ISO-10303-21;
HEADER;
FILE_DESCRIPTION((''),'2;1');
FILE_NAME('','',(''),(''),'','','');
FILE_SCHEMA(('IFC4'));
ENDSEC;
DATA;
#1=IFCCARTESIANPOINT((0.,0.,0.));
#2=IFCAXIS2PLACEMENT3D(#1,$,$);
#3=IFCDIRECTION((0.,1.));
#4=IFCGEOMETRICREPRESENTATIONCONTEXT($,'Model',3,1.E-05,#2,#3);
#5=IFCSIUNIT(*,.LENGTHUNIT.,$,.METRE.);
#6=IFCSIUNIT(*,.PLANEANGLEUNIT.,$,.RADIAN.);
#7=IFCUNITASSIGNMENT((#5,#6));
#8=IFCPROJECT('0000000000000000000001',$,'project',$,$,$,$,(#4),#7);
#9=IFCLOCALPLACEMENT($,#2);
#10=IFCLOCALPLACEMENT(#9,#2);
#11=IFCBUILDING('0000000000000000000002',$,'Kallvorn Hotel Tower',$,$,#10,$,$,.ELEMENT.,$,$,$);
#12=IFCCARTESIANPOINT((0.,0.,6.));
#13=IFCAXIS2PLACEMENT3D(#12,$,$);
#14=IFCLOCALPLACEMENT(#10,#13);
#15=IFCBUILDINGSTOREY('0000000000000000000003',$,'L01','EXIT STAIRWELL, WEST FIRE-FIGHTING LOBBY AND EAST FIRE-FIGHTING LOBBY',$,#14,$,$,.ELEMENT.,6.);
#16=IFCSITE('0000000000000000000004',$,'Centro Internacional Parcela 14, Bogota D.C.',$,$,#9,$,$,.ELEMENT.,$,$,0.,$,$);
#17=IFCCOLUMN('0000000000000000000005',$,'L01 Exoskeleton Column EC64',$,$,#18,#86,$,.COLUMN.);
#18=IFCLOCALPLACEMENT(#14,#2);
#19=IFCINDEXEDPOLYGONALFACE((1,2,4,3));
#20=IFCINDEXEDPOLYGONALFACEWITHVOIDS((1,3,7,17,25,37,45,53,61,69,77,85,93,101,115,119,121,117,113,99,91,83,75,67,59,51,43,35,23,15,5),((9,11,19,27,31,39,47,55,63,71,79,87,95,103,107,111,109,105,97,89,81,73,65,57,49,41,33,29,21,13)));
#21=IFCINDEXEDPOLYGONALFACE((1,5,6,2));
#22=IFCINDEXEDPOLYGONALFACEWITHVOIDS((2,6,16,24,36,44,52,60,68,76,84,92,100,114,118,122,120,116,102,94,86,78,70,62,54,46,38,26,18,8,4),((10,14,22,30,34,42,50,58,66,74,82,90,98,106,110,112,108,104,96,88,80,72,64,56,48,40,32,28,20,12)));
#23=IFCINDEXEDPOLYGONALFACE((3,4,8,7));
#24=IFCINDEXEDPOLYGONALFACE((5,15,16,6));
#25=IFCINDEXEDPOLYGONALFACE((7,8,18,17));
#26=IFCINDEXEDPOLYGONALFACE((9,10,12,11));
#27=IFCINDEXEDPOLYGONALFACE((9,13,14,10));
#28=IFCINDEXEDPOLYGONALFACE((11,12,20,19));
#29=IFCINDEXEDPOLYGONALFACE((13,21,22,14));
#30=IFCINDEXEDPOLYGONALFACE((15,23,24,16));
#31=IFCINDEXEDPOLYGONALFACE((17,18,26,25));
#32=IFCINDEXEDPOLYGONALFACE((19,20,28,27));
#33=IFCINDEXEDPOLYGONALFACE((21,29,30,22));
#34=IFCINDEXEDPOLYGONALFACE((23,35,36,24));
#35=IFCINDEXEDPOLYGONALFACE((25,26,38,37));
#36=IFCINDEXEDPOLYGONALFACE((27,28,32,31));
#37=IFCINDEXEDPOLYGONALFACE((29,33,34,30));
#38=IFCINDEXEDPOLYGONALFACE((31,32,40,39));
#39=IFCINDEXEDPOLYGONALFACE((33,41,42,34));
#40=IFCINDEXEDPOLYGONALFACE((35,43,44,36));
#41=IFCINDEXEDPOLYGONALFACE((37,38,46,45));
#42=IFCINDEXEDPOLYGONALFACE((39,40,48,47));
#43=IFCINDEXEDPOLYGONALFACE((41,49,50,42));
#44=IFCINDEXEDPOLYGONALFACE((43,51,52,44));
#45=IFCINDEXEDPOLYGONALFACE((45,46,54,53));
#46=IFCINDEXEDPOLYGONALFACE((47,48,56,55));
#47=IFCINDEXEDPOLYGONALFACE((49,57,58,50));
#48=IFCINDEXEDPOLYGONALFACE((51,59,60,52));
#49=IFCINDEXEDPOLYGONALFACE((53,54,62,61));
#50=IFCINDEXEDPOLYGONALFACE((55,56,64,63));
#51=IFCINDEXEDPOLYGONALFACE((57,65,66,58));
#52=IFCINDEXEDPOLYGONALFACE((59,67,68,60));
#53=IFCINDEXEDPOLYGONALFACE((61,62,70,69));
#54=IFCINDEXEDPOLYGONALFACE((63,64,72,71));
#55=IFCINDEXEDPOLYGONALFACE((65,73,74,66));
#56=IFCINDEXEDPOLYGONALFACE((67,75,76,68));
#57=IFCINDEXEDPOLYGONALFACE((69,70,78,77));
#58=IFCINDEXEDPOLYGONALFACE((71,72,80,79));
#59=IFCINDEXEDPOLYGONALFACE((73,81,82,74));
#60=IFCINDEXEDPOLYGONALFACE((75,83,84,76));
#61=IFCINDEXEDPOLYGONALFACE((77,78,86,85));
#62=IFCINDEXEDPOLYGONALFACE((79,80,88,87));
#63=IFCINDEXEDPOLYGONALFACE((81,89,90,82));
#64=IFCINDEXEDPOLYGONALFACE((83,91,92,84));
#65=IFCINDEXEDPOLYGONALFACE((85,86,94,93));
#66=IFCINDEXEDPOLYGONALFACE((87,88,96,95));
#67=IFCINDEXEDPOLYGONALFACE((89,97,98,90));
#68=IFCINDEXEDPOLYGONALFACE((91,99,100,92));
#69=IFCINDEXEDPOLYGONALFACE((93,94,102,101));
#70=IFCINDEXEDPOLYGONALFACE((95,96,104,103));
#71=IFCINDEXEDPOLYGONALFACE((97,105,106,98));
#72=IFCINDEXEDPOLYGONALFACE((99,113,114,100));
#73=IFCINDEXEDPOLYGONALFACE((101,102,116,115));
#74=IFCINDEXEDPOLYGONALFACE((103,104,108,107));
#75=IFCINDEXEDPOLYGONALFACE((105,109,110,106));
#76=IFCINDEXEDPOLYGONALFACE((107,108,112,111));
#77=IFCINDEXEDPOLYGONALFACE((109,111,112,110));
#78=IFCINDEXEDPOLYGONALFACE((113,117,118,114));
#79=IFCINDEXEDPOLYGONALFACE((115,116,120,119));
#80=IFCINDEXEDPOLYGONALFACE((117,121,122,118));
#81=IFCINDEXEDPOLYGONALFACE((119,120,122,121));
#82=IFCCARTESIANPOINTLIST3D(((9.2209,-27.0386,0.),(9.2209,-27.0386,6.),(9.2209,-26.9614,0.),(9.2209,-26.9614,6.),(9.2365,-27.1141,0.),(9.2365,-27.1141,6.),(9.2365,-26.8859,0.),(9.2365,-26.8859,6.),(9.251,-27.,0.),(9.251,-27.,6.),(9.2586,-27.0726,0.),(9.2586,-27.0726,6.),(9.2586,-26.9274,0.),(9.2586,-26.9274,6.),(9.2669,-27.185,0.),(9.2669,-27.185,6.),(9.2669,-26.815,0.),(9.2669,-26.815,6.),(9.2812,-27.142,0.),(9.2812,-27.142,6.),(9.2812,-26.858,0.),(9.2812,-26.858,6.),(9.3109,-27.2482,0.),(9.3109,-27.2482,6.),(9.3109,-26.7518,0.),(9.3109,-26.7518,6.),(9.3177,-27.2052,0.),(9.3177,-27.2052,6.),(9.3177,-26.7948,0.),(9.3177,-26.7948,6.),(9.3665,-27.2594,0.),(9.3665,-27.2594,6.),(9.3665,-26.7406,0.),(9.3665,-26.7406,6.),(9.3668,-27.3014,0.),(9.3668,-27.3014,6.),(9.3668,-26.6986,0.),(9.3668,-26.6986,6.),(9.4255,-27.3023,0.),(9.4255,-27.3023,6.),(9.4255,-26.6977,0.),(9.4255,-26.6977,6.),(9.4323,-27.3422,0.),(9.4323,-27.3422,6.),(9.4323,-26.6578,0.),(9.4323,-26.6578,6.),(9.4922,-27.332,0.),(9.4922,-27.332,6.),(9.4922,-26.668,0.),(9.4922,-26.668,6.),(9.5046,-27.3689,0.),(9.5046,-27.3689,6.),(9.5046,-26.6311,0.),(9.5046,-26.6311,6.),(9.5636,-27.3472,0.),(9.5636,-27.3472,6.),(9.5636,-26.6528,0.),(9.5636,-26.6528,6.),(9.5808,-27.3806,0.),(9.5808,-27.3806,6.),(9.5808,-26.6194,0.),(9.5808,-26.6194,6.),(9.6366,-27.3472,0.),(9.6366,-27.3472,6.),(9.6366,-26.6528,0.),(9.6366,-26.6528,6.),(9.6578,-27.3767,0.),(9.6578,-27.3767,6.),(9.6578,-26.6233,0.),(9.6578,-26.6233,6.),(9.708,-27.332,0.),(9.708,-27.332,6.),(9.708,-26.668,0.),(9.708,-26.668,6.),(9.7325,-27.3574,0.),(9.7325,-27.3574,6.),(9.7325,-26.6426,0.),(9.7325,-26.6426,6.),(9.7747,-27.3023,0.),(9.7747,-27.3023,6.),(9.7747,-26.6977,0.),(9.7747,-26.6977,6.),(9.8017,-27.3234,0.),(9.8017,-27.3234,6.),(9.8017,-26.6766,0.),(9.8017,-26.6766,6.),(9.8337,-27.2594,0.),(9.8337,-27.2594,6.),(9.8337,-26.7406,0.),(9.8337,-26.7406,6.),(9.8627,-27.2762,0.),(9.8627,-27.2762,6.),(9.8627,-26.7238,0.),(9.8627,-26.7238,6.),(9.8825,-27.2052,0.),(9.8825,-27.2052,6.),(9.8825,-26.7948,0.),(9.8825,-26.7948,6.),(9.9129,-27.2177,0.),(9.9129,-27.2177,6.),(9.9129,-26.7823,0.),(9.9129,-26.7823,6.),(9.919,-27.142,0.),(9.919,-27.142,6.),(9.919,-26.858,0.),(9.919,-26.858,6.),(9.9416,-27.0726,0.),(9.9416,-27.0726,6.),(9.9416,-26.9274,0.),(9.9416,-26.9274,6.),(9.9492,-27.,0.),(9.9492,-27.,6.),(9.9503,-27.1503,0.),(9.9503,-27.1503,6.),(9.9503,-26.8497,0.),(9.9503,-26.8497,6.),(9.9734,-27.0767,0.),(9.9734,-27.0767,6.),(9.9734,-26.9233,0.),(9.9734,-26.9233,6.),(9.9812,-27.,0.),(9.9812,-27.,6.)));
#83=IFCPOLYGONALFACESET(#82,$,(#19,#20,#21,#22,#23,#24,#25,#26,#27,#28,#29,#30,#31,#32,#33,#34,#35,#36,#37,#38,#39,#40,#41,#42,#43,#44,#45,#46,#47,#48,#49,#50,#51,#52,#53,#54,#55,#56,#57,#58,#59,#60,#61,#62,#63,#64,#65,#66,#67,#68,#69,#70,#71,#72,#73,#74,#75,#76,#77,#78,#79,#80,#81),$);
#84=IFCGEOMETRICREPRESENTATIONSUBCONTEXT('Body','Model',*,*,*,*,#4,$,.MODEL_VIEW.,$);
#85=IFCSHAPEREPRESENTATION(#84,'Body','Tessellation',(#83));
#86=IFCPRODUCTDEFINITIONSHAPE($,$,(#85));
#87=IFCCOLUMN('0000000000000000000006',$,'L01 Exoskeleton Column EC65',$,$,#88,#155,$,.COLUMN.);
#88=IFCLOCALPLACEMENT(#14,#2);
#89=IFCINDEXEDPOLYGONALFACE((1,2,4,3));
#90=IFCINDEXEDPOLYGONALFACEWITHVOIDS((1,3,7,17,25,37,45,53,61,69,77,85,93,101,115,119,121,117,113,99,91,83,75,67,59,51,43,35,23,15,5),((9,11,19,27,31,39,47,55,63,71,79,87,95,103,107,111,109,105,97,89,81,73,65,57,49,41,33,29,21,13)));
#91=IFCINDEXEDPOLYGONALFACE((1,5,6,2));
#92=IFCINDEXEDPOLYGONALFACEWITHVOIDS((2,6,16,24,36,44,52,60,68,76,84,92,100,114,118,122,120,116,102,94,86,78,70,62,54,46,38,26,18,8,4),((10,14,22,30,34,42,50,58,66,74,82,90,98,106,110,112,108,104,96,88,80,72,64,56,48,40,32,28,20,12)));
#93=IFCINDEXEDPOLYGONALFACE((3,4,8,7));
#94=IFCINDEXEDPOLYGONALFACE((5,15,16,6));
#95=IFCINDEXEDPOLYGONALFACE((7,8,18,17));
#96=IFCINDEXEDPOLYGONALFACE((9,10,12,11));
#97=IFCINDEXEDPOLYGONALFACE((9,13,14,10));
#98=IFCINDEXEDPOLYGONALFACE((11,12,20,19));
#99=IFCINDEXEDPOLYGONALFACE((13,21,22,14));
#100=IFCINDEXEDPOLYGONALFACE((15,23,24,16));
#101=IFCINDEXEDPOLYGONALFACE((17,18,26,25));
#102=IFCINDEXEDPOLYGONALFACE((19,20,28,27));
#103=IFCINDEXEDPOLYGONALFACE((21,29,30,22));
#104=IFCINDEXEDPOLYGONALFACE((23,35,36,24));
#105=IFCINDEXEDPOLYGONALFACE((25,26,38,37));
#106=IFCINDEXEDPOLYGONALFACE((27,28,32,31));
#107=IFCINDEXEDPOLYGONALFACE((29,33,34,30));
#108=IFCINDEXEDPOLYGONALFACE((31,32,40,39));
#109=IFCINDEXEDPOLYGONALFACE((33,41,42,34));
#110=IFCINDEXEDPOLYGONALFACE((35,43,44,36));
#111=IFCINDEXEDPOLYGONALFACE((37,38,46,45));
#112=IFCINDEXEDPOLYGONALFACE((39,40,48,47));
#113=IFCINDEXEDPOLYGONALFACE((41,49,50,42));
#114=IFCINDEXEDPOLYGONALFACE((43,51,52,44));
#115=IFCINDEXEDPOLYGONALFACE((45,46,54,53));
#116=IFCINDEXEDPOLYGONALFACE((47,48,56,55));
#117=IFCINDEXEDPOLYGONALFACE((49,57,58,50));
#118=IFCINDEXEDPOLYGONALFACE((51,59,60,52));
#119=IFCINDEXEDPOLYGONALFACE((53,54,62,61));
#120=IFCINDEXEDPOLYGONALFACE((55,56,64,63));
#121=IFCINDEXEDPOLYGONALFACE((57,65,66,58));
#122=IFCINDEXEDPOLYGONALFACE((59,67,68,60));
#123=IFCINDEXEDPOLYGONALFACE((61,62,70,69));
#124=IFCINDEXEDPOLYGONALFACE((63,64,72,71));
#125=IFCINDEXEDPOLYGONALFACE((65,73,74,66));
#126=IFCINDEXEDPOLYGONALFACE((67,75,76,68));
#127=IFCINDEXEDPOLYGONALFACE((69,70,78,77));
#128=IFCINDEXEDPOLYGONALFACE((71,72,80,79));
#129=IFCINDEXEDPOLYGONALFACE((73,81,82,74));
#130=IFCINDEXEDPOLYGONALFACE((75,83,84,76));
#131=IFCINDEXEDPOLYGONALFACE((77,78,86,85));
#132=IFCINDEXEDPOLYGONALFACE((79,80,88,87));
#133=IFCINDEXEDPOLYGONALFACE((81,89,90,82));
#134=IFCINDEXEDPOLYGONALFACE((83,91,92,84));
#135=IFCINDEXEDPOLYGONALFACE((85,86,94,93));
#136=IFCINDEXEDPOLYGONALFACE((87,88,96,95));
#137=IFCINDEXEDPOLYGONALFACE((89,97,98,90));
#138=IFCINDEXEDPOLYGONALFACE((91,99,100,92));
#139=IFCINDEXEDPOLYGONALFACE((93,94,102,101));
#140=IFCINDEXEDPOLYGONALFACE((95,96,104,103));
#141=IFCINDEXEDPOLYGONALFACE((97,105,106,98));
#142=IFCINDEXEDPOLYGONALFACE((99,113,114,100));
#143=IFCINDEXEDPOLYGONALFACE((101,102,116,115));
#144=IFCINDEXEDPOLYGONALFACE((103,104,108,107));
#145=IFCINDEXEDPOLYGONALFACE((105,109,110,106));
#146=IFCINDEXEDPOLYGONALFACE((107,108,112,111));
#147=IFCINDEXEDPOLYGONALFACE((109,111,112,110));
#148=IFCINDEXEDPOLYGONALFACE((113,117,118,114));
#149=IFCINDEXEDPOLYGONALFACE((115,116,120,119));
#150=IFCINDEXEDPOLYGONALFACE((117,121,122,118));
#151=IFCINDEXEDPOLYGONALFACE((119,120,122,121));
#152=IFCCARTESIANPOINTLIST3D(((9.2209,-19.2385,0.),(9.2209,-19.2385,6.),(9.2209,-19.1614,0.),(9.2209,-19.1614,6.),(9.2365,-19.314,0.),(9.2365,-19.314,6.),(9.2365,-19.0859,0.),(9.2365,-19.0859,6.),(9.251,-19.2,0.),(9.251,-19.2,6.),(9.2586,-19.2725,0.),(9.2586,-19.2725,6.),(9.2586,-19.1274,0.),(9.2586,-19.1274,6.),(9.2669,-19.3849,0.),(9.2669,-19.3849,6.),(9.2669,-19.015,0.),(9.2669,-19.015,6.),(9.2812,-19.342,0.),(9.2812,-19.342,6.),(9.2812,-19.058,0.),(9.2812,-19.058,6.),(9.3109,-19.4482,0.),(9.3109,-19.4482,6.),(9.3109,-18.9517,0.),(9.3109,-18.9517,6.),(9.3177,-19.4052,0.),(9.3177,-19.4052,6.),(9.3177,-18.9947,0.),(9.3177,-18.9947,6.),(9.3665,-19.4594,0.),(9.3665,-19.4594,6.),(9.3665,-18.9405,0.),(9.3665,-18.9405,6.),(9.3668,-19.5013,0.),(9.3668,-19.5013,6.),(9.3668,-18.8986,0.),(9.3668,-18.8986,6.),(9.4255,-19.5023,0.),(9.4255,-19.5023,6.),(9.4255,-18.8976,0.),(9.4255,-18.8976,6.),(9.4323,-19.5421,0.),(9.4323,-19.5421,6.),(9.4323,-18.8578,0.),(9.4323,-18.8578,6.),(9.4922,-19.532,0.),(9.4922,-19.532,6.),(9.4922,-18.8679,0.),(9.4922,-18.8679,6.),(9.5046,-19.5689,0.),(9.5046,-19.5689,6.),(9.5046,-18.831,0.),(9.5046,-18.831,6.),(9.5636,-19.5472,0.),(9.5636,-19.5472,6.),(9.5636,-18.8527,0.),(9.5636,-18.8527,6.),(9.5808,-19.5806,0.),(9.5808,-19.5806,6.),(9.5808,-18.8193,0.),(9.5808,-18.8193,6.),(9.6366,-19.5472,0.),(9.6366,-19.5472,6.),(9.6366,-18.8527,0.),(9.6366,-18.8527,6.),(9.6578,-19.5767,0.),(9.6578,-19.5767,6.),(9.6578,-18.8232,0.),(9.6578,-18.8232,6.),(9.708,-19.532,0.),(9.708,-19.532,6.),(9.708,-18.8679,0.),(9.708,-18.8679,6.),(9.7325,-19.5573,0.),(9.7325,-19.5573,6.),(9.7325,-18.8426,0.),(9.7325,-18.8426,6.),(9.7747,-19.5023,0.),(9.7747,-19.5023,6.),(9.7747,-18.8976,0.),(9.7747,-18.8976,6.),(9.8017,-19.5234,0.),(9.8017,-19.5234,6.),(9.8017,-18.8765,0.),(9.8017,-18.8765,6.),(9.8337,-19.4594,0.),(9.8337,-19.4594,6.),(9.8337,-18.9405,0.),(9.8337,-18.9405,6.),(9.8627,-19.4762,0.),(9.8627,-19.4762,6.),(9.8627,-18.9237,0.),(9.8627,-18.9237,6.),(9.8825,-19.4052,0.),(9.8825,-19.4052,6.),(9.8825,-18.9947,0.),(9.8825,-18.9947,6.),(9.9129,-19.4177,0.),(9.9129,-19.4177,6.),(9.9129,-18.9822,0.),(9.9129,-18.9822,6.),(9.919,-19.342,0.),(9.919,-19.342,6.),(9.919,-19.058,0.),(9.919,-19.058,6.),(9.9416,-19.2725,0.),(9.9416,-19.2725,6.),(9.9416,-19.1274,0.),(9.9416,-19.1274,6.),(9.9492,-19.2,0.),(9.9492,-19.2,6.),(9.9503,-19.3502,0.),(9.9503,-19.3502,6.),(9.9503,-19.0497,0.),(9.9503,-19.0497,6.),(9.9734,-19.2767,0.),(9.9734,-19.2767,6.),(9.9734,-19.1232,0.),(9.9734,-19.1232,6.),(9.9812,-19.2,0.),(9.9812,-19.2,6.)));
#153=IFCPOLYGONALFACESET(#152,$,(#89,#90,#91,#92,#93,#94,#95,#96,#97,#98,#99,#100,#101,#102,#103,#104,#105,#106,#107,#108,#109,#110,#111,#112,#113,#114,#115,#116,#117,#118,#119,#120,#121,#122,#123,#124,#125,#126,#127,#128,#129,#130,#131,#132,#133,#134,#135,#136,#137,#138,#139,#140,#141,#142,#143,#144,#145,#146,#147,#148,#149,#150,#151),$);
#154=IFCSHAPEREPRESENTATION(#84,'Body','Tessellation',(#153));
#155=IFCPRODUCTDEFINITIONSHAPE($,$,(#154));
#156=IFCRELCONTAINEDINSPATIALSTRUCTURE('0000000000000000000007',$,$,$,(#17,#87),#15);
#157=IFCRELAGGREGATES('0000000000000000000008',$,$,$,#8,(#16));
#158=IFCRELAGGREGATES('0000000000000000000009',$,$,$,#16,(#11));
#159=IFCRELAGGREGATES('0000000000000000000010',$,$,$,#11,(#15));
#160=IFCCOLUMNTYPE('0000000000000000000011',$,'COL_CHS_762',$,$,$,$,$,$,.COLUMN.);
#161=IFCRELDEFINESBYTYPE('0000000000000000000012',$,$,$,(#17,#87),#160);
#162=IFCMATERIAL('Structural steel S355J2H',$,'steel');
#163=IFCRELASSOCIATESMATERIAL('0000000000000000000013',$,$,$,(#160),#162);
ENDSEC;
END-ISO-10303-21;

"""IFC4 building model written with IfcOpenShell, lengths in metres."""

from ifc_helpers import new_model, si_unit, direction, frame, origin, origin_2d, place, context, subcontext, project, spatial, hollow_circle, extrude, material, material_profile, profile_set, type_object, element, save


model = new_model("IFC4")

# Units and contexts
model_context = context("Model", 3, precision=1e-05, world=origin(), true_north=direction((0.0, 1.0)))
body_context = subcontext(model_context, "Body", "Model", "MODEL_VIEW")
ifc_project = project(units=[si_unit("LENGTHUNIT", "METRE"), si_unit("PLANEANGLEUNIT", "RADIAN")], contexts=[model_context])

# Site, building, storey
site_placement = place(None, origin())
site = spatial("IfcSite", under=ifc_project, at=site_placement, Name="Centro Internacional Parcela 14, Bogota D.C.", CompositionType="ELEMENT", RefElevation=0.0)
building_placement = place(site_placement, origin())
building = spatial("IfcBuilding", under=site, at=building_placement, Name="Kallvorn Hotel Tower", CompositionType="ELEMENT")
storey_placement = place(building_placement, frame((0.0, 0.0, 6.0)))
storey = spatial("IfcBuildingStorey", under=building, at=storey_placement, Name="L01", Description="EXIT STAIRWELL, WEST FIRE-FIGHTING LOBBY AND EAST FIRE-FIGHTING LOBBY", CompositionType="ELEMENT", Elevation=6.0)

# Columns
ifc_material_1 = material(Name="Structural steel S355J2H", Category="steel")
ifc_material_profile_1 = material_profile(ifc_material_1, hollow_circle(Radius=0.3811, WallThickness=0.032, at=origin_2d()), Name="CHS 762x32")
ifc_profile_set_1 = profile_set([ifc_material_profile_1], Name="Structural steel S355J2H")
column_type_1 = type_object("IfcColumnType", Name="COL_CHS_762", PredefinedType="COLUMN", material=ifc_profile_set_1)
for number, where, z_axis, x_axis, name in (
    (1, (9.6001, -27.0, 0.0), (0.0, 0.0, 1.0), (1.0, 0.0, 0.0), "L01 Exoskeleton Column EC64"),
    (2, (9.6001, -19.2, 0.0), (0.0, 0.0, 1.0), (1.0, 0.0, 0.0), "L01 Exoskeleton Column EC65"),
):
    element("IfcColumn", number, at=place(storey_placement, frame(where, z_axis=z_axis, x_axis=x_axis)), inside=storey, type_object=column_type_1, Name=name, PredefinedType="COLUMN", context=body_context, shape_type="SweptSolid", body=[
        extrude(hollow_circle(Radius=0.3811, WallThickness=0.032, at=origin_2d()), origin(), (0.0, 0.0, 1.0), 6.0),
    ])

save(model, "model.ifc")
